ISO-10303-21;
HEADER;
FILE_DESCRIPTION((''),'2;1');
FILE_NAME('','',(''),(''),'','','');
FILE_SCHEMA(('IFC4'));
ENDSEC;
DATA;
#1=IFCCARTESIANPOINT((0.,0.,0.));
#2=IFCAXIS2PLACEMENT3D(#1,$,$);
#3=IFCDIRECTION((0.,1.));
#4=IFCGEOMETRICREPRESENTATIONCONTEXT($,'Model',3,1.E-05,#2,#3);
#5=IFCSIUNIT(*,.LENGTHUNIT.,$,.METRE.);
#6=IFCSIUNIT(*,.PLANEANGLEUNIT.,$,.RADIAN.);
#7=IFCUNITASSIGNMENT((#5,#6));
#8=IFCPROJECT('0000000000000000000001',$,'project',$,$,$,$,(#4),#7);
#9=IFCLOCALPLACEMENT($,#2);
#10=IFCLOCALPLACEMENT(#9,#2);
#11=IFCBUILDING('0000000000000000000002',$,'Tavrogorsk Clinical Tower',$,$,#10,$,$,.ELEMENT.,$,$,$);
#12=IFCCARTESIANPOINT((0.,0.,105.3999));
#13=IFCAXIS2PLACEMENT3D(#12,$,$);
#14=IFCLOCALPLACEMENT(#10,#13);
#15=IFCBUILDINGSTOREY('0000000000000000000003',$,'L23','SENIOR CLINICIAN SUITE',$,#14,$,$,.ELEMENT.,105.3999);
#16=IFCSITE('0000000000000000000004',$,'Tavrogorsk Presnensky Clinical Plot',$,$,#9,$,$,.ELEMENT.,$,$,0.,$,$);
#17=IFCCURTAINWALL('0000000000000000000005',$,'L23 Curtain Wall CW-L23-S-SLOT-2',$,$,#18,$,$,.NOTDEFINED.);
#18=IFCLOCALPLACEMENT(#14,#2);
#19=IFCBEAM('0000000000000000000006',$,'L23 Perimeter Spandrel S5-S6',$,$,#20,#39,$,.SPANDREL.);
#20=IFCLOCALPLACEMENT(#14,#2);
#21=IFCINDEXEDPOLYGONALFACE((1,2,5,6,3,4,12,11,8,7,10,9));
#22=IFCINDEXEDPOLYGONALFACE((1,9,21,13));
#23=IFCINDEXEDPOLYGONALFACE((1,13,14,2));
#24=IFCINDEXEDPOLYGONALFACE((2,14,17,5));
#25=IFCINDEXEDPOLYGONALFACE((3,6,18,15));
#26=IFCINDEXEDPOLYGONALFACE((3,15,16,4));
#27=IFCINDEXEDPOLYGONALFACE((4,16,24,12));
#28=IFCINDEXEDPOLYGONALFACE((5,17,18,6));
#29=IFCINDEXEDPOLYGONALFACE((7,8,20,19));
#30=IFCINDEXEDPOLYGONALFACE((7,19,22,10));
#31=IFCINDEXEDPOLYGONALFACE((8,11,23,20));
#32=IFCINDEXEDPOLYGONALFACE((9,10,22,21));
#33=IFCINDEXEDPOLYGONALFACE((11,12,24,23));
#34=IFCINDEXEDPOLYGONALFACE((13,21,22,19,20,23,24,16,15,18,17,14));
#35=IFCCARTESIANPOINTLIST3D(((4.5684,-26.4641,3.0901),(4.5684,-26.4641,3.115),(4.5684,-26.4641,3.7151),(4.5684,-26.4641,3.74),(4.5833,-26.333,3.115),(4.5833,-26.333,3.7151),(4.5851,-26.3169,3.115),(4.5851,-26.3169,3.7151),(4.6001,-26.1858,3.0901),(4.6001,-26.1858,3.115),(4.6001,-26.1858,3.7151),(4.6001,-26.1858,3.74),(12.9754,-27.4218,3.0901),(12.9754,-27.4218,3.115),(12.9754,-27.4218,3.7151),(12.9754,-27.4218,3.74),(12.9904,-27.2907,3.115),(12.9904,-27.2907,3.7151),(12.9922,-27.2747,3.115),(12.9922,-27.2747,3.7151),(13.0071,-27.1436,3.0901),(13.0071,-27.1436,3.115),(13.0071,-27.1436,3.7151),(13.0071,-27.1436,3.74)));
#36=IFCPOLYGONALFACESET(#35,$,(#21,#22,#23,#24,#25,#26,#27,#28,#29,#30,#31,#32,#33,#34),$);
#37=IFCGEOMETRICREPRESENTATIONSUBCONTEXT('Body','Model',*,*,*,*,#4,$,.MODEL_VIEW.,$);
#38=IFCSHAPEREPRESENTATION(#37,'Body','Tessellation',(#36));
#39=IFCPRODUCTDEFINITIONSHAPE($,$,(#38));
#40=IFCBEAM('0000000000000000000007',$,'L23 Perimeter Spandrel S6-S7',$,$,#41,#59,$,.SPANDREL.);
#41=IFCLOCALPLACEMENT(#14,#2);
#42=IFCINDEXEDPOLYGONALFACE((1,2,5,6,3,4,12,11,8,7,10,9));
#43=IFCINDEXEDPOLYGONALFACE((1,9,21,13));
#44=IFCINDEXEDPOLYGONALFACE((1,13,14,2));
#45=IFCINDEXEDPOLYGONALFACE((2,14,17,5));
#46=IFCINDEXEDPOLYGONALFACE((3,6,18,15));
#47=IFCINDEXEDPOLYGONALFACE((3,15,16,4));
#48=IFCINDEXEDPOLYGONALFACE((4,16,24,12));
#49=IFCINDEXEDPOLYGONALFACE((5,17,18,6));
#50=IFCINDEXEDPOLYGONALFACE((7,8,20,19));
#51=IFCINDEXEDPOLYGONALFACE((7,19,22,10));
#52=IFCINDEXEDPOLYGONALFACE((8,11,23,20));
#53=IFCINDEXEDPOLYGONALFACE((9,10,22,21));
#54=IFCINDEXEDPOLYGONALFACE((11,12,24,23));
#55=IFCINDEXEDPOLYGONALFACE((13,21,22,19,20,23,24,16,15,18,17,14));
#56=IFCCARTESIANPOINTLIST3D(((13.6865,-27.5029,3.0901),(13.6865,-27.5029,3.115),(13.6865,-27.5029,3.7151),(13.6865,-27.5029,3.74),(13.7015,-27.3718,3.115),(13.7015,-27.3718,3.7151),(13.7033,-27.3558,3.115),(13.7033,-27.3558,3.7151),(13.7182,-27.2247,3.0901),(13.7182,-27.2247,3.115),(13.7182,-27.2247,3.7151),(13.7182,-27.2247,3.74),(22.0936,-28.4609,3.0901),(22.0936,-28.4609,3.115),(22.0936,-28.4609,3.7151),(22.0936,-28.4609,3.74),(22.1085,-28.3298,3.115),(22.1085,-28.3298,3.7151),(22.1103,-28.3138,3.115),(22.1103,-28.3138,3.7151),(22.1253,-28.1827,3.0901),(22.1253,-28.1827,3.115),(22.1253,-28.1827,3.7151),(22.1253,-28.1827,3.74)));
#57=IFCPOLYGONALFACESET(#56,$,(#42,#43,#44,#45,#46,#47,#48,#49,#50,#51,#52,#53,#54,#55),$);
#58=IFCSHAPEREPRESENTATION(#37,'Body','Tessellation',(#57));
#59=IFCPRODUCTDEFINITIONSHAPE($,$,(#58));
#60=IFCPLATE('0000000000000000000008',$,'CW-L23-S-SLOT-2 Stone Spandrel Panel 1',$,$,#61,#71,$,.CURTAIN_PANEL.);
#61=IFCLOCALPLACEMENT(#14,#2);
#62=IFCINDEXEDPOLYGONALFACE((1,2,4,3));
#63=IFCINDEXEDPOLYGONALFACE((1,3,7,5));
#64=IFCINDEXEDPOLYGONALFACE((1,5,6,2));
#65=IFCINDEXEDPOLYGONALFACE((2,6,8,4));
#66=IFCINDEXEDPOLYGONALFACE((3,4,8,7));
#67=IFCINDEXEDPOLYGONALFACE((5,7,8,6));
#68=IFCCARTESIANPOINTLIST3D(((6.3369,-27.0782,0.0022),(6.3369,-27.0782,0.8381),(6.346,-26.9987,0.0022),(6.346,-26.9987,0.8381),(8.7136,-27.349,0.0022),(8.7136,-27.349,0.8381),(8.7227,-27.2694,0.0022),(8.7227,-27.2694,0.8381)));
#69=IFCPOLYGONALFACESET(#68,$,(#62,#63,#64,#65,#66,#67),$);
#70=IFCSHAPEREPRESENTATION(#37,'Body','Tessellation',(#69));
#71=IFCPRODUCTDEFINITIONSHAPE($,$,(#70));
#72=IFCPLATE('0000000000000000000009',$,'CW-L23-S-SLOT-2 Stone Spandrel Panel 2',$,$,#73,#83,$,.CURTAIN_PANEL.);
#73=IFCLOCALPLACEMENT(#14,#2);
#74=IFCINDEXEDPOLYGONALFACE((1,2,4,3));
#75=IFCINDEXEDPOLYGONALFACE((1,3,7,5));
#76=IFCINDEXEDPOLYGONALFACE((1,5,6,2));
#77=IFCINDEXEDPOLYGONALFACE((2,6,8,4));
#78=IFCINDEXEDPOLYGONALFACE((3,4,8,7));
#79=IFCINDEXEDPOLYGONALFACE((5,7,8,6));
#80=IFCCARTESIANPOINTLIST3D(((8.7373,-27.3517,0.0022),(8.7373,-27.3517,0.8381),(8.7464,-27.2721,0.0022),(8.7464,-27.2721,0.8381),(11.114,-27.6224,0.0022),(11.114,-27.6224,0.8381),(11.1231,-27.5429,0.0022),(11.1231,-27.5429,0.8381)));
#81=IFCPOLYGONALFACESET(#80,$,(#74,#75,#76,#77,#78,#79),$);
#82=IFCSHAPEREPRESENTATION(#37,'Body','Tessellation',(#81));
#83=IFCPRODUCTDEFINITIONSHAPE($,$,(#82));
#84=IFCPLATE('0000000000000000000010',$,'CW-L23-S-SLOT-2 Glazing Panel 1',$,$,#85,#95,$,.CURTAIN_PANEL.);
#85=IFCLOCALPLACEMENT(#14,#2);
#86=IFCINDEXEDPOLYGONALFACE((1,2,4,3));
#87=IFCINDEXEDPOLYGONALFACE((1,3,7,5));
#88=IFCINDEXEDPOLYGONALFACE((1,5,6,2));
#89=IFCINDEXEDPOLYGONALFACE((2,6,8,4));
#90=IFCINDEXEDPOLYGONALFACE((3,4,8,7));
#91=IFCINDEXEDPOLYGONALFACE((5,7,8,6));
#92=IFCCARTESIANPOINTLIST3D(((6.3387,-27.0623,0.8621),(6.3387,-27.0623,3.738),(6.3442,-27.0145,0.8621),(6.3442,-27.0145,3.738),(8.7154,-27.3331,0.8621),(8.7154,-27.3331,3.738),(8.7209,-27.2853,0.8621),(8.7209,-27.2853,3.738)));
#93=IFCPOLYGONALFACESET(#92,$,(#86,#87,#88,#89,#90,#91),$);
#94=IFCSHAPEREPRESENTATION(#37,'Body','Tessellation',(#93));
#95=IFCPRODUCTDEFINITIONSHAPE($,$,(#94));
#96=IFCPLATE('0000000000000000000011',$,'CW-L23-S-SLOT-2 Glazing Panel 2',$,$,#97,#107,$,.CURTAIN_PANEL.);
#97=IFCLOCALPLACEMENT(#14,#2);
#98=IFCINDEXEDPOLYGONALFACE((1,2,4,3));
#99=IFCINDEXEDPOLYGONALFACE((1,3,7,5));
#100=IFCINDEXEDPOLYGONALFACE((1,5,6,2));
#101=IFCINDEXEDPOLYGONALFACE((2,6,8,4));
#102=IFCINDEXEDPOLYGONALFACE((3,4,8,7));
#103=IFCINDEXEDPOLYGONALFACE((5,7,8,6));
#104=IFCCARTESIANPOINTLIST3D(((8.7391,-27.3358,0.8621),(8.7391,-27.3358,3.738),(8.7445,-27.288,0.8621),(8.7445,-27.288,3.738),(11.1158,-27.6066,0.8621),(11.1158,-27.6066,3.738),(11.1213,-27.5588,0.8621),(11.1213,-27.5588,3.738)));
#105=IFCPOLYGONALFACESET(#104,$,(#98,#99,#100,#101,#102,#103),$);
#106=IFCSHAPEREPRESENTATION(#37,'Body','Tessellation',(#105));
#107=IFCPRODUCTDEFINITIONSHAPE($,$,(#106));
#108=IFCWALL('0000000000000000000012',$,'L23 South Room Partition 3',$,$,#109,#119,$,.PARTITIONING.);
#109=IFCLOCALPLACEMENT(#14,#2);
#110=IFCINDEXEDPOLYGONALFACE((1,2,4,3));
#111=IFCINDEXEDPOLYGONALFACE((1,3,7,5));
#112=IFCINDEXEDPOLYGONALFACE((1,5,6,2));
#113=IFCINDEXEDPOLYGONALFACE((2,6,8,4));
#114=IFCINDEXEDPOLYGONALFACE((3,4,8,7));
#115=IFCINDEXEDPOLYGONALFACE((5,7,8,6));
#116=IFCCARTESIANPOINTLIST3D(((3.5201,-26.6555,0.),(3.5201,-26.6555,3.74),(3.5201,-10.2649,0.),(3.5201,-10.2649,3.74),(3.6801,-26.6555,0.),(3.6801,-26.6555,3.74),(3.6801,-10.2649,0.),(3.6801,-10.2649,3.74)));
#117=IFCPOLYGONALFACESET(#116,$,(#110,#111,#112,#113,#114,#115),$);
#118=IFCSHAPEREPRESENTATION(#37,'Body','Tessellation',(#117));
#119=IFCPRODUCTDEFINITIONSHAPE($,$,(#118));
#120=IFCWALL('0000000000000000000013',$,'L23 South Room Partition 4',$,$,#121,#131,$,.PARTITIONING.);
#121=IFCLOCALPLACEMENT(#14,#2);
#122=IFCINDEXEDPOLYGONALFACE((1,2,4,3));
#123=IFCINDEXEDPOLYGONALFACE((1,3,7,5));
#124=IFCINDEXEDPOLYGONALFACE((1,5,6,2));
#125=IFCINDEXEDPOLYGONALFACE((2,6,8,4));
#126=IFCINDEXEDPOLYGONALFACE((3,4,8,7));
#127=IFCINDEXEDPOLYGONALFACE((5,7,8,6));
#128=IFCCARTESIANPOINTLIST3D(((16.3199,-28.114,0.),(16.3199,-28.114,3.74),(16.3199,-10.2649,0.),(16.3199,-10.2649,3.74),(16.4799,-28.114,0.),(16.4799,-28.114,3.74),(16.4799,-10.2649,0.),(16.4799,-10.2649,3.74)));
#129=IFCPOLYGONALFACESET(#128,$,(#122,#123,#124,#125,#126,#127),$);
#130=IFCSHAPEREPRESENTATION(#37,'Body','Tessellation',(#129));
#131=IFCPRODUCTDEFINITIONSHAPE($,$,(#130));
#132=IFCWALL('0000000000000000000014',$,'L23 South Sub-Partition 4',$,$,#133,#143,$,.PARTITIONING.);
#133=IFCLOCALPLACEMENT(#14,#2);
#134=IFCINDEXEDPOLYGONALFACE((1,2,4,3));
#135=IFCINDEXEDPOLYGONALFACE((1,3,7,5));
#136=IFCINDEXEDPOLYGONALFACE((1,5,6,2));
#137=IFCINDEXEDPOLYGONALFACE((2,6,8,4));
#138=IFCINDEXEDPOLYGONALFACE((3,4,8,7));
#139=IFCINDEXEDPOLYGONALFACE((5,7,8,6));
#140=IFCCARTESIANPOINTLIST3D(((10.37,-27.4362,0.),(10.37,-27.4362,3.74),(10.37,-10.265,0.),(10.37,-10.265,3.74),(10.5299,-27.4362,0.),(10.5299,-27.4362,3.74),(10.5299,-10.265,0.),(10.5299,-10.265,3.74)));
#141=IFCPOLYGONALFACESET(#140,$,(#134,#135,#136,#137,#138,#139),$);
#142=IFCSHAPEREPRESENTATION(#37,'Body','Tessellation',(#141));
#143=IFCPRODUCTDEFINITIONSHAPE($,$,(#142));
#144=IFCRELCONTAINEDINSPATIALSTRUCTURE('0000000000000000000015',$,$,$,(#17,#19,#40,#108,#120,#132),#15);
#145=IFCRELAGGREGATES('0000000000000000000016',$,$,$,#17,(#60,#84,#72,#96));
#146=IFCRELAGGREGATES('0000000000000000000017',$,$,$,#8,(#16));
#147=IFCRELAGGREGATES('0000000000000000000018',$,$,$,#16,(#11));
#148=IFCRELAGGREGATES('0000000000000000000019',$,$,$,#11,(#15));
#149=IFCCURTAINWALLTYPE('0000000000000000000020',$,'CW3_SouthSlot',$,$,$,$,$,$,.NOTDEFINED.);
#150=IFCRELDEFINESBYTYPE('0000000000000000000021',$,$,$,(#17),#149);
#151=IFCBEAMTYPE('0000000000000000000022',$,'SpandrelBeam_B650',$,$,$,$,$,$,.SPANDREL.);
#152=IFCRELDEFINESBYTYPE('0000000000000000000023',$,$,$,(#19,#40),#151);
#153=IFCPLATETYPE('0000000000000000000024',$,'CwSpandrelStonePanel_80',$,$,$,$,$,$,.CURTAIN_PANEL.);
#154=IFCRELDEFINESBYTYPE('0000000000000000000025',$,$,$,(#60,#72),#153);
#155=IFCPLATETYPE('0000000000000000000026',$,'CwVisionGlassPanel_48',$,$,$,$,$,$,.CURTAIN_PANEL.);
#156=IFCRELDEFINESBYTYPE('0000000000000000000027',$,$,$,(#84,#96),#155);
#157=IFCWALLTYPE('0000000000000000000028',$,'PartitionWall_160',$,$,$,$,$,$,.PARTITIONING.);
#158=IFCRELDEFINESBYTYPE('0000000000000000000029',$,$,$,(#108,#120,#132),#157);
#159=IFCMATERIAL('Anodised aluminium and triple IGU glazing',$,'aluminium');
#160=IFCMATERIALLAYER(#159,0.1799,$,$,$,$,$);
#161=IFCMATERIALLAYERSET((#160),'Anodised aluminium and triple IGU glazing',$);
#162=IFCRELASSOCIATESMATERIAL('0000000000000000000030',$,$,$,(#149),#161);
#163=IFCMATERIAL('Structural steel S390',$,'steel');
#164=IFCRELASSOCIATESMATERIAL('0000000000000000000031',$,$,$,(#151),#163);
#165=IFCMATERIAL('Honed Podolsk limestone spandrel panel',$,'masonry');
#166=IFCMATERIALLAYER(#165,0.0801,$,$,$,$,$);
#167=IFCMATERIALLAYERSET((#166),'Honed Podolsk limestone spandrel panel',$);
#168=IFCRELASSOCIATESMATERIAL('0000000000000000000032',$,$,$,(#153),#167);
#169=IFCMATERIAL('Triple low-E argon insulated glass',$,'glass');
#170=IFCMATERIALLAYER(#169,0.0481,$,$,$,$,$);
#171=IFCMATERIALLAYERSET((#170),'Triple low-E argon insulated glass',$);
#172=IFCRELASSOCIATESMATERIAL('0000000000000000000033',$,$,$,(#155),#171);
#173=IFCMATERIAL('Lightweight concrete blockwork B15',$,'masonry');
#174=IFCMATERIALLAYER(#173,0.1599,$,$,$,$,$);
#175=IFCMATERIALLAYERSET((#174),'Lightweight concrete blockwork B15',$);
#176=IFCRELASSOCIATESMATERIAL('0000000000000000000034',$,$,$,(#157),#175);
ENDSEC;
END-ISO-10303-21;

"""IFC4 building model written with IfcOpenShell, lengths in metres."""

from ifc_helpers import new_model, si_unit, direction, frame, frame_2d, origin, origin_2d, place, context, subcontext, project, spatial, rectangle, i_section, extrude, material, layer, layer_set, material_profile, profile_set, type_object, element, aggregate, save


model = new_model("IFC4")

# Units and contexts
model_context = context("Model", 3, precision=1e-05, world=origin(), true_north=direction((0.0, 1.0)))
body_context = subcontext(model_context, "Body", "Model", "MODEL_VIEW")
ifc_project = project(units=[si_unit("LENGTHUNIT", "METRE"), si_unit("PLANEANGLEUNIT", "RADIAN")], contexts=[model_context])

# Site, building, storey
site_placement = place(None, origin())
site = spatial("IfcSite", under=ifc_project, at=site_placement, Name="Tavrogorsk Presnensky Clinical Plot", CompositionType="ELEMENT", RefElevation=0.0)
building_placement = place(site_placement, origin())
building = spatial("IfcBuilding", under=site, at=building_placement, Name="Tavrogorsk Clinical Tower", CompositionType="ELEMENT")
storey_placement = place(building_placement, frame((0.0, 0.0, 105.3999)))
storey = spatial("IfcBuildingStorey", under=building, at=storey_placement, Name="L23", Description="SENIOR CLINICIAN SUITE", CompositionType="ELEMENT", Elevation=105.3999)

# Curtain wall
ifc_material_1 = material(Name="Anodised aluminium and triple IGU glazing", Category="aluminium")
ifc_layer_1 = layer(ifc_material_1, 0.1799)
ifc_layer_set_1 = layer_set([ifc_layer_1], Name="Anodised aluminium and triple IGU glazing")
curtain_wall_type = type_object("IfcCurtainWallType", Name="CW3_SouthSlot", PredefinedType="NOTDEFINED", material=ifc_layer_set_1)
curtain_wall_placement = place(storey_placement, origin())
curtain_wall = element("IfcCurtainWall", 1, at=curtain_wall_placement, inside=storey, type_object=curtain_wall_type, Name="L23 Curtain Wall CW-L23-S-SLOT-2", PredefinedType="NOTDEFINED")

# Beams
ifc_material_2 = material(Name="Structural steel S390", Category="steel")
ifc_material_profile_1 = material_profile(ifc_material_2, i_section(OverallWidth=0.28, OverallDepth=0.6499, WebThickness=0.0161, FlangeThickness=0.0249, at=origin_2d()), Name="B-650x280x16x25")
ifc_profile_set_1 = profile_set([ifc_material_profile_1], Name="Structural steel S390")
beam_type = type_object("IfcBeamType", Name="SpandrelBeam_B650", PredefinedType="SPANDREL", material=ifc_profile_set_1)
for number, where, z_axis, x_axis, name in (
    (2, (4.5842, -26.325, 3.415), (0.993573, -0.113193, 0.0), (0.113193, 0.993573, 0.0), "L23 Perimeter Spandrel S5-S6"),
    (3, (13.7024, -27.3638, 3.415), (0.99357, -0.113221, 0.0), (0.113221, 0.99357, 0.0), "L23 Perimeter Spandrel S6-S7"),
):
    element("IfcBeam", number, at=place(storey_placement, frame(where, z_axis=z_axis, x_axis=x_axis)), inside=storey, type_object=beam_type, Name=name, PredefinedType="SPANDREL", context=body_context, shape_type="SweptSolid", body=[
        extrude(i_section(OverallWidth=0.28, OverallDepth=0.6499, WebThickness=0.0161, FlangeThickness=0.0249, at=origin_2d()), origin(), (0.0, 0.0, 1.0), 8.4614),
    ])

# Plates
ifc_material_3 = material(Name="Honed Podolsk limestone spandrel panel", Category="masonry")
ifc_layer_2 = layer(ifc_material_3, 0.0801)
ifc_layer_set_2 = layer_set([ifc_layer_2], Name="Honed Podolsk limestone spandrel panel")
plate_type_1 = type_object("IfcPlateType", Name="CwSpandrelStonePanel_80", PredefinedType="CURTAIN_PANEL", material=ifc_layer_set_2)
plate_1_placement = place(storey_placement, frame((7.5298, -27.1738, 0.0022), z_axis=(0.0, 0.0, 1.0), x_axis=(0.993572, -0.113203, 0.0)))
plate_1 = element("IfcPlate", 4, at=plate_1_placement, type_object=plate_type_1, Name="CW-L23-S-SLOT-2 Stone Spandrel Panel 1", PredefinedType="CURTAIN_PANEL", context=body_context, shape_type="SweptSolid", body=[
    extrude(rectangle(XDim=2.3921, YDim=0.0801, at=origin_2d()), origin(), (0.0, 0.0, 1.0), 0.8359),
])
plate_2_placement = place(storey_placement, frame((9.9302, -27.4473, 0.0022), z_axis=(0.0, 0.0, 1.0), x_axis=(0.993572, -0.113203, 0.0)))
plate_2 = element("IfcPlate", 5, at=plate_2_placement, type_object=plate_type_1, Name="CW-L23-S-SLOT-2 Stone Spandrel Panel 2", PredefinedType="CURTAIN_PANEL", context=body_context, shape_type="SweptSolid", body=[
    extrude(rectangle(XDim=2.3921, YDim=0.0801, at=origin_2d()), origin(), (0.0, 0.0, 1.0), 0.8359),
])
ifc_material_4 = material(Name="Triple low-E argon insulated glass", Category="glass")
ifc_layer_3 = layer(ifc_material_4, 0.0481)
ifc_layer_set_3 = layer_set([ifc_layer_3], Name="Triple low-E argon insulated glass")
plate_type_2 = type_object("IfcPlateType", Name="CwVisionGlassPanel_48", PredefinedType="CURTAIN_PANEL", material=ifc_layer_set_3)
plate_3_placement = place(storey_placement, frame((7.5298, -27.1738, 0.8621), z_axis=(0.0, 0.0, 1.0), x_axis=(0.993572, -0.113203, 0.0)))
plate_3 = element("IfcPlate", 6, at=plate_3_placement, type_object=plate_type_2, Name="CW-L23-S-SLOT-2 Glazing Panel 1", PredefinedType="CURTAIN_PANEL", context=body_context, shape_type="SweptSolid", body=[
    extrude(rectangle(XDim=2.3921, YDim=0.0481, at=origin_2d()), origin(), (0.0, 0.0, 1.0), 2.876),
])
plate_4_placement = place(storey_placement, frame((9.9302, -27.4473, 0.8621), z_axis=(0.0, 0.0, 1.0), x_axis=(0.993572, -0.113203, 0.0)))
plate_4 = element("IfcPlate", 7, at=plate_4_placement, type_object=plate_type_2, Name="CW-L23-S-SLOT-2 Glazing Panel 2", PredefinedType="CURTAIN_PANEL", context=body_context, shape_type="SweptSolid", body=[
    extrude(rectangle(XDim=2.3921, YDim=0.0481, at=origin_2d()), origin(), (0.0, 0.0, 1.0), 2.876),
])
aggregate(curtain_wall, [plate_1, plate_3, plate_2, plate_4])

# Walls
ifc_material_5 = material(Name="Lightweight concrete blockwork B15", Category="masonry")
ifc_layer_4 = layer(ifc_material_5, 0.1599)
ifc_layer_set_4 = layer_set([ifc_layer_4], Name="Lightweight concrete blockwork B15")
wall_type_1 = type_object("IfcWallType", Name="PartitionWall_160", PredefinedType="PARTITIONING", material=ifc_layer_set_4)
wall_1_placement = place(storey_placement, frame((3.6001, -26.6555, 0.0), z_axis=(0.0, 0.0, 1.0), x_axis=(0.0, 1.0, 0.0)))
element("IfcWall", 8, at=wall_1_placement, inside=storey, type_object=wall_type_1, Name="L23 South Room Partition 3", PredefinedType="PARTITIONING", context=body_context, shape_type="SweptSolid", body=[
    extrude(rectangle(XDim=16.3906, YDim=0.1599, at=frame_2d((8.1953, 0.0))), origin(), (0.0, 0.0, 1.0), 3.74),
])
wall_2_placement = place(storey_placement, frame((16.3999, -28.114, 0.0), z_axis=(0.0, 0.0, 1.0), x_axis=(0.0, 1.0, 0.0)))
element("IfcWall", 9, at=wall_2_placement, inside=storey, type_object=wall_type_1, Name="L23 South Room Partition 4", PredefinedType="PARTITIONING", context=body_context, shape_type="SweptSolid", body=[
    extrude(rectangle(XDim=17.8491, YDim=0.1599, at=frame_2d((8.9246, 0.0))), origin(), (0.0, 0.0, 1.0), 3.74),
])
wall_3_placement = place(storey_placement, frame((10.45, -27.436, 0.0), z_axis=(0.0, 0.0, 1.0), x_axis=(0.0, 1.0, 0.0)))
element("IfcWall", 10, at=wall_3_placement, inside=storey, type_object=wall_type_1, Name="L23 South Sub-Partition 4", PredefinedType="PARTITIONING", context=body_context, shape_type="SweptSolid", body=[
    extrude(rectangle(XDim=17.1711, YDim=0.1599, at=frame_2d((8.5854, 0.0))), origin(), (0.0, 0.0, 1.0), 3.74),
])

save(model, "model.ifc")
